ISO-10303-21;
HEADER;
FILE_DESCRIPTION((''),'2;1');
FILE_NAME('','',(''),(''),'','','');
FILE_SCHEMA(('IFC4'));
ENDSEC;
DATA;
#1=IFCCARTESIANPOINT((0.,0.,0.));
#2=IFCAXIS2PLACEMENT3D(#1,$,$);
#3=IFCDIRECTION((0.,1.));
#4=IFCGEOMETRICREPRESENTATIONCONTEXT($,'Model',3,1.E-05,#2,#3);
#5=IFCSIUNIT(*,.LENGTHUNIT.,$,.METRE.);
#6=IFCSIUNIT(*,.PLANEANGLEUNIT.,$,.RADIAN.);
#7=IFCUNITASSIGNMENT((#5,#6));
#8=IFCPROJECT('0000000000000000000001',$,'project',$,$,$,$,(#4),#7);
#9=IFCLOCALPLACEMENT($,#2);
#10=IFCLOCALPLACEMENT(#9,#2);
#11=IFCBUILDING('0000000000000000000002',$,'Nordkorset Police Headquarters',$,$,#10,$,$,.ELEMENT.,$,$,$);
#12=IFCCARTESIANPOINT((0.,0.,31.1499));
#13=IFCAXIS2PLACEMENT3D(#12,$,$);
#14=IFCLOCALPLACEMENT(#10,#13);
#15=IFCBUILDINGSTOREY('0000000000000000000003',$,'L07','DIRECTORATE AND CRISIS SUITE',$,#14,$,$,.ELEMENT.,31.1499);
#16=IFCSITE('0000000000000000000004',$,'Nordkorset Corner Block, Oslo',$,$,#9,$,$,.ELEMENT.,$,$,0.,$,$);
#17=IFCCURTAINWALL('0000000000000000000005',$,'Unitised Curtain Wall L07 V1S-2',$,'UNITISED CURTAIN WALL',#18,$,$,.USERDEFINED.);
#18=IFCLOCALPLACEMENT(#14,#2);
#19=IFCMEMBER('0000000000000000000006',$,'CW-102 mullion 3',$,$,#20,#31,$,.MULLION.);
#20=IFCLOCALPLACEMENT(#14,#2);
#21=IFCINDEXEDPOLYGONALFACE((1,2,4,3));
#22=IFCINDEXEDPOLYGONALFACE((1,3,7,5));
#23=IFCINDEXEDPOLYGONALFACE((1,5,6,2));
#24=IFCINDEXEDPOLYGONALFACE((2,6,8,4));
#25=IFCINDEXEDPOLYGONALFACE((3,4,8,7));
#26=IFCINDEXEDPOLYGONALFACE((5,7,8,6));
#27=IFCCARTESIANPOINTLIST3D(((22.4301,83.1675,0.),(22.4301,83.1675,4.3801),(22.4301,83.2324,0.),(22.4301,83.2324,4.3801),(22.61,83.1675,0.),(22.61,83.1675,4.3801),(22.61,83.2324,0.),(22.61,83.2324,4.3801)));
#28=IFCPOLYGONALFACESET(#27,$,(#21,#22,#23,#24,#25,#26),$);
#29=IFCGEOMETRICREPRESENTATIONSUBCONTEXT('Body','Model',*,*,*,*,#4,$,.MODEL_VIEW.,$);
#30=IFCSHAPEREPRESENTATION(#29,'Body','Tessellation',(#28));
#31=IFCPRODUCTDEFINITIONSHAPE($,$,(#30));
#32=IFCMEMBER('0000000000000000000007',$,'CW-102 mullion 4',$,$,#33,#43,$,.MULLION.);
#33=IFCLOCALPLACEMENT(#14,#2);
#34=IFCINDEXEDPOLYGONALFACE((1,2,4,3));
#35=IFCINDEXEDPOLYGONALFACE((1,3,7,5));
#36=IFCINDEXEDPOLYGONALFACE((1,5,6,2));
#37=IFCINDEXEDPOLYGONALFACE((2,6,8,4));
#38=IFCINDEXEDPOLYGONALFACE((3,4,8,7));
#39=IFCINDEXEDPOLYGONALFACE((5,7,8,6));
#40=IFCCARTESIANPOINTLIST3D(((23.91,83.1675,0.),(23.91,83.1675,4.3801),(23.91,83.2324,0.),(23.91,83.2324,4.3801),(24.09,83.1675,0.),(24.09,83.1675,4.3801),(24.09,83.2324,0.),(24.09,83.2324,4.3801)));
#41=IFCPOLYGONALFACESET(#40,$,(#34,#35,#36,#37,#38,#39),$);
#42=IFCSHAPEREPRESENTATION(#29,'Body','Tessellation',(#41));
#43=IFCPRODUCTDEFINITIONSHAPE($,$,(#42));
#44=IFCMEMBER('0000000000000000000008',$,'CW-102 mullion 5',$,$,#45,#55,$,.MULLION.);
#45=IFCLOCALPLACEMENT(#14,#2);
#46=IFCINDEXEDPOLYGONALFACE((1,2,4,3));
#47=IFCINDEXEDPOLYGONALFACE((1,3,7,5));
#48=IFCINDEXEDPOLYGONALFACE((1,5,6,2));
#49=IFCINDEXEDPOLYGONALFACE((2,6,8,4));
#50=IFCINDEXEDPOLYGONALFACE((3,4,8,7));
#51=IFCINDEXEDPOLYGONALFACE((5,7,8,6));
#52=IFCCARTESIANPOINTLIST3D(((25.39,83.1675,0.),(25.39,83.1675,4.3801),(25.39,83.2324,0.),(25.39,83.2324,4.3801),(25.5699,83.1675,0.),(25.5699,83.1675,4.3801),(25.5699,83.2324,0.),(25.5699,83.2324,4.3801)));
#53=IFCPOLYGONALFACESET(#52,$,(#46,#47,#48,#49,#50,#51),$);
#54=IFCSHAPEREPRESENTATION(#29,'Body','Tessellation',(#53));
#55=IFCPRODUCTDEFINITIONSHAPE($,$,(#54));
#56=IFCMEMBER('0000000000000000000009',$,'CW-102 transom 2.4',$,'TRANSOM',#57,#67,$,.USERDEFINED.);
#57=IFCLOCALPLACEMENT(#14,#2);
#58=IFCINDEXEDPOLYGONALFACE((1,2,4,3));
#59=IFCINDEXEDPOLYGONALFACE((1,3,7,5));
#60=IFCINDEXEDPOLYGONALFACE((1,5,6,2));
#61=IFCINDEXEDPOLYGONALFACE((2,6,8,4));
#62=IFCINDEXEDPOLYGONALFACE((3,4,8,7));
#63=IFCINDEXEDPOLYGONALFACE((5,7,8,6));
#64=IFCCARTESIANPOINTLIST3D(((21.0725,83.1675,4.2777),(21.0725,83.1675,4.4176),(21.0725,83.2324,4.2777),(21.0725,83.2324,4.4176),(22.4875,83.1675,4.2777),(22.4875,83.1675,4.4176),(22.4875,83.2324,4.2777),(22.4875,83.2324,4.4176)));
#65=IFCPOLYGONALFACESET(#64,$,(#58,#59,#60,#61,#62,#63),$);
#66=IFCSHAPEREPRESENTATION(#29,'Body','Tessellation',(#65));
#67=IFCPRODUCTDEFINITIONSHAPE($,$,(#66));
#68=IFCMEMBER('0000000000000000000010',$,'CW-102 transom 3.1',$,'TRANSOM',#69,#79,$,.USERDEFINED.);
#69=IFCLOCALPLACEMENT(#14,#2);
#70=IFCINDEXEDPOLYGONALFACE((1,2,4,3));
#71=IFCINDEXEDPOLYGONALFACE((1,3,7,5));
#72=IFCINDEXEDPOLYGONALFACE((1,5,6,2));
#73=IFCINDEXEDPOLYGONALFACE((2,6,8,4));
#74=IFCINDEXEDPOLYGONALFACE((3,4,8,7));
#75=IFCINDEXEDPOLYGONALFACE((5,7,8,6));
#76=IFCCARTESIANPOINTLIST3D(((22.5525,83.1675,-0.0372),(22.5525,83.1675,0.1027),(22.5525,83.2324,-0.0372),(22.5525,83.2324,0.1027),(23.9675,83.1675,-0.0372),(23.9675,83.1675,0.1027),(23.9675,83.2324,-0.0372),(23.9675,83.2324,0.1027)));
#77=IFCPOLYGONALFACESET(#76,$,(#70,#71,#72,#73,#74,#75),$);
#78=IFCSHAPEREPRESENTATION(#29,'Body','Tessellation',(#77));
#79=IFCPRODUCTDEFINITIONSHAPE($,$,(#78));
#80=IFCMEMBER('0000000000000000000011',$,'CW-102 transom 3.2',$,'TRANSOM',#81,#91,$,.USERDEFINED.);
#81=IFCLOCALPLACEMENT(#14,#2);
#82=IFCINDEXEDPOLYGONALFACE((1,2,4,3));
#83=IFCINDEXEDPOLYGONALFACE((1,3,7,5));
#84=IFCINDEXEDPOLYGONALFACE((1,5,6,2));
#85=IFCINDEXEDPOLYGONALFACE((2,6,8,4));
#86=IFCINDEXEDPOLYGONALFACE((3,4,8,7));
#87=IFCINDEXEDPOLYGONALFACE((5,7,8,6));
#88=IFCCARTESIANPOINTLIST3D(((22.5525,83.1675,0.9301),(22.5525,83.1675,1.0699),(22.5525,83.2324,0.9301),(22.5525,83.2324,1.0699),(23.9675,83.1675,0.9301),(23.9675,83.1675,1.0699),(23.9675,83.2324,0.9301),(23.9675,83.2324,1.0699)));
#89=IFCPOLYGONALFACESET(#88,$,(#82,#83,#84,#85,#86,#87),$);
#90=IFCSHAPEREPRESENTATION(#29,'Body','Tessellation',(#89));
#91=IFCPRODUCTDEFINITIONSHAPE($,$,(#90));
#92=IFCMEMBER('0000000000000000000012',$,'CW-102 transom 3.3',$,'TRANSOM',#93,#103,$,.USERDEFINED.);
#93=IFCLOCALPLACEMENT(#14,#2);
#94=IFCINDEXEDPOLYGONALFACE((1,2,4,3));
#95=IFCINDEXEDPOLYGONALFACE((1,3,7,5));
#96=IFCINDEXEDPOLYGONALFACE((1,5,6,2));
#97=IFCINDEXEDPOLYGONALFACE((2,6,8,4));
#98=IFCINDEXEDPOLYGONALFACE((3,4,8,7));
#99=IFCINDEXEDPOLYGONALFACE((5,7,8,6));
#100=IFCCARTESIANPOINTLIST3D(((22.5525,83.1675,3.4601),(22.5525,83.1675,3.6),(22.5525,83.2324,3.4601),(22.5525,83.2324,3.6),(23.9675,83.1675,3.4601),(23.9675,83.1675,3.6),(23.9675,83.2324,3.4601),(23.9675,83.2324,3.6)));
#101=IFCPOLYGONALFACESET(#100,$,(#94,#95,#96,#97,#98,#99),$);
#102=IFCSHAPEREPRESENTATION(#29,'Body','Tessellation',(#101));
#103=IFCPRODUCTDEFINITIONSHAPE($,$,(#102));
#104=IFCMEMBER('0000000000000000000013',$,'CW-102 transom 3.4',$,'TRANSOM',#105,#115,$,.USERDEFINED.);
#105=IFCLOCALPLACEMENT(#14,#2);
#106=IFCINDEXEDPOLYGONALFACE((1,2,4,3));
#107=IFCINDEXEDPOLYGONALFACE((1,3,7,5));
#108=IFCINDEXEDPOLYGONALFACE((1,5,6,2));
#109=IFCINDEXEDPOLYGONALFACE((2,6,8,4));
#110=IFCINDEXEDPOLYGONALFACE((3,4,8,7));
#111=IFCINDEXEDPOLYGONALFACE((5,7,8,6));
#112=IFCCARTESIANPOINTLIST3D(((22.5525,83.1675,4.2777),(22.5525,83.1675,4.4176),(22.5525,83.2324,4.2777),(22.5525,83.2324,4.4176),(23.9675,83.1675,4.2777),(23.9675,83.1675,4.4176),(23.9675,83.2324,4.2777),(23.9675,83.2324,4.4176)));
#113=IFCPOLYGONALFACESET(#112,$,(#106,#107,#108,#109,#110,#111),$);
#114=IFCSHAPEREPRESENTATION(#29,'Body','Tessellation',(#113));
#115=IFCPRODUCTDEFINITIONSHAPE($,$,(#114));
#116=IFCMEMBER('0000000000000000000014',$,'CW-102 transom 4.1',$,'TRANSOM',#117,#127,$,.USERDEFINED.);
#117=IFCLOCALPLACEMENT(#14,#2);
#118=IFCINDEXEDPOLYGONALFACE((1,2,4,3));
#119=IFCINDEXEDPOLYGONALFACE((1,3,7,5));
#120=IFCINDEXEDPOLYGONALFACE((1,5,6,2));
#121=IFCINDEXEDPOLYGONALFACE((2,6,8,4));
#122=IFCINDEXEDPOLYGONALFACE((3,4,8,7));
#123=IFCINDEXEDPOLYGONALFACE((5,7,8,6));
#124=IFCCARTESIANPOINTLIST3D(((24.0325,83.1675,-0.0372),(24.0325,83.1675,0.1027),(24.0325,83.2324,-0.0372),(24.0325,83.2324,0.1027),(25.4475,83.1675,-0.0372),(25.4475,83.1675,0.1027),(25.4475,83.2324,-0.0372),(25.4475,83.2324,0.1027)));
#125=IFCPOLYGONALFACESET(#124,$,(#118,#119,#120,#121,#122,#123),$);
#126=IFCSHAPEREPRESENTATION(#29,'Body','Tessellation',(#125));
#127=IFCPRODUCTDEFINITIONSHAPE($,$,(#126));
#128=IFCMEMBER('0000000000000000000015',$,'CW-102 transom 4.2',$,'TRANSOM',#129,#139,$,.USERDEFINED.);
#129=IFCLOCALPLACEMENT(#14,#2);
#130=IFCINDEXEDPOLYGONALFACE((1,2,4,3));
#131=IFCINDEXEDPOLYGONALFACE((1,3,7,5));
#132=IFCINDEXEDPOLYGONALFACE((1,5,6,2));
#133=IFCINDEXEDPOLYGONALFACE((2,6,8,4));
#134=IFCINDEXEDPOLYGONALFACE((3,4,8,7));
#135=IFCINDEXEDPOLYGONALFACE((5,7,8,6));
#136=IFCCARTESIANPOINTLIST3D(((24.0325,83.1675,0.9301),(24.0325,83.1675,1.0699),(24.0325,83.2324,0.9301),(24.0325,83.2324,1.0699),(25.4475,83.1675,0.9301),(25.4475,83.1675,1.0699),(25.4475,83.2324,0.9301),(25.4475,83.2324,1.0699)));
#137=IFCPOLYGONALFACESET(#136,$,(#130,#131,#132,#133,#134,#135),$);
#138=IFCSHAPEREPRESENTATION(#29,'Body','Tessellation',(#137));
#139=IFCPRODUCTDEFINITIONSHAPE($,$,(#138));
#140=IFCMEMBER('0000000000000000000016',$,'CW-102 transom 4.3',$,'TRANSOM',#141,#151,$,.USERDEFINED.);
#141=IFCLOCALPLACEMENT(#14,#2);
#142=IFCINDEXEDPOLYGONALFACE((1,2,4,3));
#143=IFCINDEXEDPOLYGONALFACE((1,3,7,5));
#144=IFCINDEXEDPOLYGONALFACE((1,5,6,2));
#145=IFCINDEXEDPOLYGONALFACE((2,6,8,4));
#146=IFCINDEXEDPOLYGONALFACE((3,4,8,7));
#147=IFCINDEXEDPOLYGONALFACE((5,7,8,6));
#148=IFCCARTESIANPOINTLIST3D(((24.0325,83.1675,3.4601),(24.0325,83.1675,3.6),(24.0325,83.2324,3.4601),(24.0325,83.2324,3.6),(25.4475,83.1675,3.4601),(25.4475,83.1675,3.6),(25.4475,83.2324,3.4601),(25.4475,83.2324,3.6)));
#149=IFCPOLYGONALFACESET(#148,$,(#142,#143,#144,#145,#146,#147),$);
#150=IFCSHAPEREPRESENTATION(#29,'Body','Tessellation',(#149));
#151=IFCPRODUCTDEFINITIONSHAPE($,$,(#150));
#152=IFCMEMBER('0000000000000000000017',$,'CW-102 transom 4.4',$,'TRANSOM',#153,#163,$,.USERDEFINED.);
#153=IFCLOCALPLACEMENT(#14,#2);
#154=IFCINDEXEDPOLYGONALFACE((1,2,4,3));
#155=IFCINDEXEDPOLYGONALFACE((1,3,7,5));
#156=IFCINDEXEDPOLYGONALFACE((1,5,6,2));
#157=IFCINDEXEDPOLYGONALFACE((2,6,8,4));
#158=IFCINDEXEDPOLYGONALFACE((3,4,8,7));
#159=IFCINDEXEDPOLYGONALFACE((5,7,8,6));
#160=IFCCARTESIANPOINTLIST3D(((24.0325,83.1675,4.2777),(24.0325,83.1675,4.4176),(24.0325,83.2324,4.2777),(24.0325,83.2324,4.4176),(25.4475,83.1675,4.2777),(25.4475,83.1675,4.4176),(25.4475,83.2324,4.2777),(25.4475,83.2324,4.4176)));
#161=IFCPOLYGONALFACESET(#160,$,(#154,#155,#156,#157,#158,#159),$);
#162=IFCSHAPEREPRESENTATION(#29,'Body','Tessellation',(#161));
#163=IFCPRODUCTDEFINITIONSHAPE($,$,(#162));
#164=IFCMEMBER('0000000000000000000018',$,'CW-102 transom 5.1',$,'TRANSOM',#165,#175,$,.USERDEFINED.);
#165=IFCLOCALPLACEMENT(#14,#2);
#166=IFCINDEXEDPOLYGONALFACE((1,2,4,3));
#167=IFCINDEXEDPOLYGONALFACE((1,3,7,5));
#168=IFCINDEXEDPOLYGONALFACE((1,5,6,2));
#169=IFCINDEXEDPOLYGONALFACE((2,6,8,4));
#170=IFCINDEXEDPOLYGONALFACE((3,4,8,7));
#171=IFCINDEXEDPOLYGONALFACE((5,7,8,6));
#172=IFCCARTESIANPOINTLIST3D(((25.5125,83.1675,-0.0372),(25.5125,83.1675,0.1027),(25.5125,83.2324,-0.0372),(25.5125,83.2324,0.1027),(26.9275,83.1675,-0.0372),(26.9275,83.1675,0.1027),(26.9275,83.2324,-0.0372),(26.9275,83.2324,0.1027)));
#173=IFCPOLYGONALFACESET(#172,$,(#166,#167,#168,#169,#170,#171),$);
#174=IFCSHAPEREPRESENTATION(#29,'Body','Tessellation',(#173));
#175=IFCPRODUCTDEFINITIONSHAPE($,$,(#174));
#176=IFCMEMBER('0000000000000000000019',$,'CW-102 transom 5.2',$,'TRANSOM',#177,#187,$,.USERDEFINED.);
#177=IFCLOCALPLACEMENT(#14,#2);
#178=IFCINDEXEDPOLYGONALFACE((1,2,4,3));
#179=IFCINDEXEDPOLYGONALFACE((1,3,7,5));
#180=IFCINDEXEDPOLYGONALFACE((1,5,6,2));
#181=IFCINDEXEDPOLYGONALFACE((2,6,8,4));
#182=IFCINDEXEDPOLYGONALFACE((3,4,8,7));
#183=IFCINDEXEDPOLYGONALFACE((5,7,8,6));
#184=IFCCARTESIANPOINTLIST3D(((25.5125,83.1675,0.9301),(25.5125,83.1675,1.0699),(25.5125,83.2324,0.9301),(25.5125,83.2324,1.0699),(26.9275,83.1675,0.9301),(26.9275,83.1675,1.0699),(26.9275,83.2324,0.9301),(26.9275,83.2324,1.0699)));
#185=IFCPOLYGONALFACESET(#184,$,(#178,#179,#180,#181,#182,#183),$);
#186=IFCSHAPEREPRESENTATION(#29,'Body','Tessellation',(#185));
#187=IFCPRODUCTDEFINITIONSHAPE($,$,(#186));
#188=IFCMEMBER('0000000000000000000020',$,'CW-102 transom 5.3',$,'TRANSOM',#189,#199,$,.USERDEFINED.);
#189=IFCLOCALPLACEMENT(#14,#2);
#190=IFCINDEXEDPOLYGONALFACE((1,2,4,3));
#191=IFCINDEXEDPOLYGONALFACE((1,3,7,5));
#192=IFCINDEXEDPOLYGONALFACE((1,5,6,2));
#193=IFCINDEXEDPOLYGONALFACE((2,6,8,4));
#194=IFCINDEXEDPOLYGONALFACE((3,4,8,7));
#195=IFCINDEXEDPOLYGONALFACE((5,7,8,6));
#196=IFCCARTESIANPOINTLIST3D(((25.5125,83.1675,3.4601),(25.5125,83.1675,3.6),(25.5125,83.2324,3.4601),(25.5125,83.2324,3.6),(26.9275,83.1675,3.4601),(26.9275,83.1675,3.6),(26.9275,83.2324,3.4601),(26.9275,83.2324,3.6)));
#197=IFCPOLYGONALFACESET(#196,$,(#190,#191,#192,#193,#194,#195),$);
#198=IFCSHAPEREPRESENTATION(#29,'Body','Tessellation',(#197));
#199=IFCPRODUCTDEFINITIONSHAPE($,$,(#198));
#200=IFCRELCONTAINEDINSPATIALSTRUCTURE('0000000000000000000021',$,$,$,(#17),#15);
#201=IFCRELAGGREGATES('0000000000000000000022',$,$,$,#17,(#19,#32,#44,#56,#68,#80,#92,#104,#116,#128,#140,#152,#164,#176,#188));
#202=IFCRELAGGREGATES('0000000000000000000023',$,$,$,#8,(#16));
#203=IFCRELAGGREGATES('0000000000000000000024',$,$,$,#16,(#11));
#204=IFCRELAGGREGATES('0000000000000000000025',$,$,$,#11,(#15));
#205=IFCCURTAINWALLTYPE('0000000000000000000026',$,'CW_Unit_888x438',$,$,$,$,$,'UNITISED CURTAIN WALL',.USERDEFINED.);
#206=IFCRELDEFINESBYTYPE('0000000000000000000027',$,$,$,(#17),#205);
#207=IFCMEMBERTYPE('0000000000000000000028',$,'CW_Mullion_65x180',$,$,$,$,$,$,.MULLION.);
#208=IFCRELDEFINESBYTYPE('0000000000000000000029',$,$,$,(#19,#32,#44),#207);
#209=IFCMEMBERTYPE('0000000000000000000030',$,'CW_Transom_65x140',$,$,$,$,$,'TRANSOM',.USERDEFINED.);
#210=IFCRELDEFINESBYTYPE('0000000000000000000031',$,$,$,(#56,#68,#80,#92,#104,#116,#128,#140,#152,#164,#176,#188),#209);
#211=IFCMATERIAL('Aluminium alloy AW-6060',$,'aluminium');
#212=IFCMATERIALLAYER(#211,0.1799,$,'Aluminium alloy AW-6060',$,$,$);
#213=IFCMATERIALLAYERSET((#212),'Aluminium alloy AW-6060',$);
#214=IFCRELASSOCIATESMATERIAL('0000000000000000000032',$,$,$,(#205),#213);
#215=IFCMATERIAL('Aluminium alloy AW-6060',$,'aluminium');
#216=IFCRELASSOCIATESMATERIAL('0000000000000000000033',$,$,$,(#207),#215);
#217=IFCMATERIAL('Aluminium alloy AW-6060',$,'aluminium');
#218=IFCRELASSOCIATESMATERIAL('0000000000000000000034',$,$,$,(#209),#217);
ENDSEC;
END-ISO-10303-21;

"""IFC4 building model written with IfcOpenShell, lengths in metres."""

from ifc_helpers import new_model, si_unit, direction, frame, origin, origin_2d, place, context, subcontext, project, spatial, rectangle, extrude, material, layer, layer_set, material_profile, profile_set, type_object, element, aggregate, save


model = new_model("IFC4")

# Units and contexts
model_context = context("Model", 3, precision=1e-05, world=origin(), true_north=direction((0.0, 1.0)))
body_context = subcontext(model_context, "Body", "Model", "MODEL_VIEW")
ifc_project = project(units=[si_unit("LENGTHUNIT", "METRE"), si_unit("PLANEANGLEUNIT", "RADIAN")], contexts=[model_context])

# Site, building, storey
site_placement = place(None, origin())
site = spatial("IfcSite", under=ifc_project, at=site_placement, Name="Nordkorset Corner Block, Oslo", CompositionType="ELEMENT", RefElevation=0.0)
building_placement = place(site_placement, origin())
building = spatial("IfcBuilding", under=site, at=building_placement, Name="Nordkorset Police Headquarters", CompositionType="ELEMENT")
storey_placement = place(building_placement, frame((0.0, 0.0, 31.1499)))
storey = spatial("IfcBuildingStorey", under=building, at=storey_placement, Name="L07", Description="DIRECTORATE AND CRISIS SUITE", CompositionType="ELEMENT", Elevation=31.1499)

# Curtain wall, members
ifc_material_1 = material(Name="Aluminium alloy AW-6060", Category="aluminium")
ifc_layer_1 = layer(ifc_material_1, 0.1799, Name="Aluminium alloy AW-6060")
ifc_layer_set_1 = layer_set([ifc_layer_1], Name="Aluminium alloy AW-6060")
curtain_wall_type = type_object("IfcCurtainWallType", Name="CW_Unit_888x438", ElementType="UNITISED CURTAIN WALL", PredefinedType="USERDEFINED", material=ifc_layer_set_1)
curtain_wall_placement = place(storey_placement, origin())
curtain_wall = element("IfcCurtainWall", 1, at=curtain_wall_placement, inside=storey, type_object=curtain_wall_type, Name="Unitised Curtain Wall L07 V1S-2", ObjectType="UNITISED CURTAIN WALL", PredefinedType="USERDEFINED")
ifc_material_2 = material(Name="Aluminium alloy AW-6060", Category="aluminium")
ifc_material_profile_1 = material_profile(ifc_material_2, rectangle(XDim=0.0649, YDim=0.1799, at=origin_2d()), Name="ALU MULL 65x180")
ifc_profile_set_1 = profile_set([ifc_material_profile_1], Name="Aluminium alloy AW-6060")
member_type_1 = type_object("IfcMemberType", Name="CW_Mullion_65x180", PredefinedType="MULLION", material=ifc_profile_set_1)
member_1_placement = place(storey_placement, frame((22.52, 83.2, 0.0), z_axis=(0.0, 0.0, 1.0), x_axis=(0.0, 1.0, 0.0)))
member_1 = element("IfcMember", 2, at=member_1_placement, type_object=member_type_1, Name="CW-102 mullion 3", PredefinedType="MULLION", context=body_context, shape_type="SweptSolid", body=[
    extrude(rectangle(XDim=0.0649, YDim=0.1799, at=origin_2d()), origin(), (0.0, 0.0, 1.0), 4.3801),
])
member_2_placement = place(storey_placement, frame((24.0, 83.2, 0.0), z_axis=(0.0, 0.0, 1.0), x_axis=(0.0, 1.0, 0.0)))
member_2 = element("IfcMember", 3, at=member_2_placement, type_object=member_type_1, Name="CW-102 mullion 4", PredefinedType="MULLION", context=body_context, shape_type="SweptSolid", body=[
    extrude(rectangle(XDim=0.0649, YDim=0.1799, at=origin_2d()), origin(), (0.0, 0.0, 1.0), 4.3801),
])
member_3_placement = place(storey_placement, frame((25.48, 83.2, 0.0), z_axis=(0.0, 0.0, 1.0), x_axis=(0.0, 1.0, 0.0)))
member_3 = element("IfcMember", 4, at=member_3_placement, type_object=member_type_1, Name="CW-102 mullion 5", PredefinedType="MULLION", context=body_context, shape_type="SweptSolid", body=[
    extrude(rectangle(XDim=0.0649, YDim=0.1799, at=origin_2d()), origin(), (0.0, 0.0, 1.0), 4.3801),
])
ifc_material_3 = material(Name="Aluminium alloy AW-6060", Category="aluminium")
ifc_material_profile_2 = material_profile(ifc_material_3, rectangle(XDim=0.0649, YDim=0.1399, at=origin_2d()), Name="ALU TRAN 65x140")
ifc_profile_set_2 = profile_set([ifc_material_profile_2], Name="Aluminium alloy AW-6060")
member_type_2 = type_object("IfcMemberType", Name="CW_Transom_65x140", ElementType="TRANSOM", PredefinedType="USERDEFINED", material=ifc_profile_set_2)
member_4_placement = place(storey_placement, frame((21.0725, 83.2, 4.3477), z_axis=(1.0, 0.0, 0.0), x_axis=(0.0, 1.0, 0.0)))
member_4 = element("IfcMember", 5, at=member_4_placement, type_object=member_type_2, Name="CW-102 transom 2.4", ObjectType="TRANSOM", PredefinedType="USERDEFINED", context=body_context, shape_type="SweptSolid", body=[
    extrude(rectangle(XDim=0.0649, YDim=0.1399, at=origin_2d()), origin(), (0.0, 0.0, 1.0), 1.415),
])
member_5_placement = place(storey_placement, frame((22.5525, 83.2, 0.0327), z_axis=(1.0, 0.0, 0.0), x_axis=(0.0, 1.0, 0.0)))
member_5 = element("IfcMember", 6, at=member_5_placement, type_object=member_type_2, Name="CW-102 transom 3.1", ObjectType="TRANSOM", PredefinedType="USERDEFINED", context=body_context, shape_type="SweptSolid", body=[
    extrude(rectangle(XDim=0.0649, YDim=0.1399, at=origin_2d()), origin(), (0.0, 0.0, 1.0), 1.415),
])
member_6_placement = place(storey_placement, frame((22.5525, 83.2, 1.0), z_axis=(1.0, 0.0, 0.0), x_axis=(0.0, 1.0, 0.0)))
member_6 = element("IfcMember", 7, at=member_6_placement, type_object=member_type_2, Name="CW-102 transom 3.2", ObjectType="TRANSOM", PredefinedType="USERDEFINED", context=body_context, shape_type="SweptSolid", body=[
    extrude(rectangle(XDim=0.0649, YDim=0.1399, at=origin_2d()), origin(), (0.0, 0.0, 1.0), 1.415),
])
member_7_placement = place(storey_placement, frame((22.5525, 83.2, 3.53), z_axis=(1.0, 0.0, 0.0), x_axis=(0.0, 1.0, 0.0)))
member_7 = element("IfcMember", 8, at=member_7_placement, type_object=member_type_2, Name="CW-102 transom 3.3", ObjectType="TRANSOM", PredefinedType="USERDEFINED", context=body_context, shape_type="SweptSolid", body=[
    extrude(rectangle(XDim=0.0649, YDim=0.1399, at=origin_2d()), origin(), (0.0, 0.0, 1.0), 1.415),
])
member_8_placement = place(storey_placement, frame((22.5525, 83.2, 4.3477), z_axis=(1.0, 0.0, 0.0), x_axis=(0.0, 1.0, 0.0)))
member_8 = element("IfcMember", 9, at=member_8_placement, type_object=member_type_2, Name="CW-102 transom 3.4", ObjectType="TRANSOM", PredefinedType="USERDEFINED", context=body_context, shape_type="SweptSolid", body=[
    extrude(rectangle(XDim=0.0649, YDim=0.1399, at=origin_2d()), origin(), (0.0, 0.0, 1.0), 1.415),
])
member_9_placement = place(storey_placement, frame((24.0325, 83.2, 0.0327), z_axis=(1.0, 0.0, 0.0), x_axis=(0.0, 1.0, 0.0)))
member_9 = element("IfcMember", 10, at=member_9_placement, type_object=member_type_2, Name="CW-102 transom 4.1", ObjectType="TRANSOM", PredefinedType="USERDEFINED", context=body_context, shape_type="SweptSolid", body=[
    extrude(rectangle(XDim=0.0649, YDim=0.1399, at=origin_2d()), origin(), (0.0, 0.0, 1.0), 1.415),
])
member_10_placement = place(storey_placement, frame((24.0325, 83.2, 1.0), z_axis=(1.0, 0.0, 0.0), x_axis=(0.0, 1.0, 0.0)))
member_10 = element("IfcMember", 11, at=member_10_placement, type_object=member_type_2, Name="CW-102 transom 4.2", ObjectType="TRANSOM", PredefinedType="USERDEFINED", context=body_context, shape_type="SweptSolid", body=[
    extrude(rectangle(XDim=0.0649, YDim=0.1399, at=origin_2d()), origin(), (0.0, 0.0, 1.0), 1.415),
])
member_11_placement = place(storey_placement, frame((24.0325, 83.2, 3.53), z_axis=(1.0, 0.0, 0.0), x_axis=(0.0, 1.0, 0.0)))
member_11 = element("IfcMember", 12, at=member_11_placement, type_object=member_type_2, Name="CW-102 transom 4.3", ObjectType="TRANSOM", PredefinedType="USERDEFINED", context=body_context, shape_type="SweptSolid", body=[
    extrude(rectangle(XDim=0.0649, YDim=0.1399, at=origin_2d()), origin(), (0.0, 0.0, 1.0), 1.415),
])
member_12_placement = place(storey_placement, frame((24.0325, 83.2, 4.3477), z_axis=(1.0, 0.0, 0.0), x_axis=(0.0, 1.0, 0.0)))
member_12 = element("IfcMember", 13, at=member_12_placement, type_object=member_type_2, Name="CW-102 transom 4.4", ObjectType="TRANSOM", PredefinedType="USERDEFINED", context=body_context, shape_type="SweptSolid", body=[
    extrude(rectangle(XDim=0.0649, YDim=0.1399, at=origin_2d()), origin(), (0.0, 0.0, 1.0), 1.415),
])
member_13_placement = place(storey_placement, frame((25.5125, 83.2, 0.0327), z_axis=(1.0, 0.0, 0.0), x_axis=(0.0, 1.0, 0.0)))
member_13 = element("IfcMember", 14, at=member_13_placement, type_object=member_type_2, Name="CW-102 transom 5.1", ObjectType="TRANSOM", PredefinedType="USERDEFINED", context=body_context, shape_type="SweptSolid", body=[
    extrude(rectangle(XDim=0.0649, YDim=0.1399, at=origin_2d()), origin(), (0.0, 0.0, 1.0), 1.415),
])
member_14_placement = place(storey_placement, frame((25.5125, 83.2, 1.0), z_axis=(1.0, 0.0, 0.0), x_axis=(0.0, 1.0, 0.0)))
member_14 = element("IfcMember", 15, at=member_14_placement, type_object=member_type_2, Name="CW-102 transom 5.2", ObjectType="TRANSOM", PredefinedType="USERDEFINED", context=body_context, shape_type="SweptSolid", body=[
    extrude(rectangle(XDim=0.0649, YDim=0.1399, at=origin_2d()), origin(), (0.0, 0.0, 1.0), 1.415),
])
member_15_placement = place(storey_placement, frame((25.5125, 83.2, 3.53), z_axis=(1.0, 0.0, 0.0), x_axis=(0.0, 1.0, 0.0)))
member_15 = element("IfcMember", 16, at=member_15_placement, type_object=member_type_2, Name="CW-102 transom 5.3", ObjectType="TRANSOM", PredefinedType="USERDEFINED", context=body_context, shape_type="SweptSolid", body=[
    extrude(rectangle(XDim=0.0649, YDim=0.1399, at=origin_2d()), origin(), (0.0, 0.0, 1.0), 1.415),
])
aggregate(curtain_wall, [member_1, member_2, member_3, member_4, member_5, member_6, member_7, member_8, member_9, member_10, member_11, member_12, member_13, member_14, member_15])

save(model, "model.ifc")
